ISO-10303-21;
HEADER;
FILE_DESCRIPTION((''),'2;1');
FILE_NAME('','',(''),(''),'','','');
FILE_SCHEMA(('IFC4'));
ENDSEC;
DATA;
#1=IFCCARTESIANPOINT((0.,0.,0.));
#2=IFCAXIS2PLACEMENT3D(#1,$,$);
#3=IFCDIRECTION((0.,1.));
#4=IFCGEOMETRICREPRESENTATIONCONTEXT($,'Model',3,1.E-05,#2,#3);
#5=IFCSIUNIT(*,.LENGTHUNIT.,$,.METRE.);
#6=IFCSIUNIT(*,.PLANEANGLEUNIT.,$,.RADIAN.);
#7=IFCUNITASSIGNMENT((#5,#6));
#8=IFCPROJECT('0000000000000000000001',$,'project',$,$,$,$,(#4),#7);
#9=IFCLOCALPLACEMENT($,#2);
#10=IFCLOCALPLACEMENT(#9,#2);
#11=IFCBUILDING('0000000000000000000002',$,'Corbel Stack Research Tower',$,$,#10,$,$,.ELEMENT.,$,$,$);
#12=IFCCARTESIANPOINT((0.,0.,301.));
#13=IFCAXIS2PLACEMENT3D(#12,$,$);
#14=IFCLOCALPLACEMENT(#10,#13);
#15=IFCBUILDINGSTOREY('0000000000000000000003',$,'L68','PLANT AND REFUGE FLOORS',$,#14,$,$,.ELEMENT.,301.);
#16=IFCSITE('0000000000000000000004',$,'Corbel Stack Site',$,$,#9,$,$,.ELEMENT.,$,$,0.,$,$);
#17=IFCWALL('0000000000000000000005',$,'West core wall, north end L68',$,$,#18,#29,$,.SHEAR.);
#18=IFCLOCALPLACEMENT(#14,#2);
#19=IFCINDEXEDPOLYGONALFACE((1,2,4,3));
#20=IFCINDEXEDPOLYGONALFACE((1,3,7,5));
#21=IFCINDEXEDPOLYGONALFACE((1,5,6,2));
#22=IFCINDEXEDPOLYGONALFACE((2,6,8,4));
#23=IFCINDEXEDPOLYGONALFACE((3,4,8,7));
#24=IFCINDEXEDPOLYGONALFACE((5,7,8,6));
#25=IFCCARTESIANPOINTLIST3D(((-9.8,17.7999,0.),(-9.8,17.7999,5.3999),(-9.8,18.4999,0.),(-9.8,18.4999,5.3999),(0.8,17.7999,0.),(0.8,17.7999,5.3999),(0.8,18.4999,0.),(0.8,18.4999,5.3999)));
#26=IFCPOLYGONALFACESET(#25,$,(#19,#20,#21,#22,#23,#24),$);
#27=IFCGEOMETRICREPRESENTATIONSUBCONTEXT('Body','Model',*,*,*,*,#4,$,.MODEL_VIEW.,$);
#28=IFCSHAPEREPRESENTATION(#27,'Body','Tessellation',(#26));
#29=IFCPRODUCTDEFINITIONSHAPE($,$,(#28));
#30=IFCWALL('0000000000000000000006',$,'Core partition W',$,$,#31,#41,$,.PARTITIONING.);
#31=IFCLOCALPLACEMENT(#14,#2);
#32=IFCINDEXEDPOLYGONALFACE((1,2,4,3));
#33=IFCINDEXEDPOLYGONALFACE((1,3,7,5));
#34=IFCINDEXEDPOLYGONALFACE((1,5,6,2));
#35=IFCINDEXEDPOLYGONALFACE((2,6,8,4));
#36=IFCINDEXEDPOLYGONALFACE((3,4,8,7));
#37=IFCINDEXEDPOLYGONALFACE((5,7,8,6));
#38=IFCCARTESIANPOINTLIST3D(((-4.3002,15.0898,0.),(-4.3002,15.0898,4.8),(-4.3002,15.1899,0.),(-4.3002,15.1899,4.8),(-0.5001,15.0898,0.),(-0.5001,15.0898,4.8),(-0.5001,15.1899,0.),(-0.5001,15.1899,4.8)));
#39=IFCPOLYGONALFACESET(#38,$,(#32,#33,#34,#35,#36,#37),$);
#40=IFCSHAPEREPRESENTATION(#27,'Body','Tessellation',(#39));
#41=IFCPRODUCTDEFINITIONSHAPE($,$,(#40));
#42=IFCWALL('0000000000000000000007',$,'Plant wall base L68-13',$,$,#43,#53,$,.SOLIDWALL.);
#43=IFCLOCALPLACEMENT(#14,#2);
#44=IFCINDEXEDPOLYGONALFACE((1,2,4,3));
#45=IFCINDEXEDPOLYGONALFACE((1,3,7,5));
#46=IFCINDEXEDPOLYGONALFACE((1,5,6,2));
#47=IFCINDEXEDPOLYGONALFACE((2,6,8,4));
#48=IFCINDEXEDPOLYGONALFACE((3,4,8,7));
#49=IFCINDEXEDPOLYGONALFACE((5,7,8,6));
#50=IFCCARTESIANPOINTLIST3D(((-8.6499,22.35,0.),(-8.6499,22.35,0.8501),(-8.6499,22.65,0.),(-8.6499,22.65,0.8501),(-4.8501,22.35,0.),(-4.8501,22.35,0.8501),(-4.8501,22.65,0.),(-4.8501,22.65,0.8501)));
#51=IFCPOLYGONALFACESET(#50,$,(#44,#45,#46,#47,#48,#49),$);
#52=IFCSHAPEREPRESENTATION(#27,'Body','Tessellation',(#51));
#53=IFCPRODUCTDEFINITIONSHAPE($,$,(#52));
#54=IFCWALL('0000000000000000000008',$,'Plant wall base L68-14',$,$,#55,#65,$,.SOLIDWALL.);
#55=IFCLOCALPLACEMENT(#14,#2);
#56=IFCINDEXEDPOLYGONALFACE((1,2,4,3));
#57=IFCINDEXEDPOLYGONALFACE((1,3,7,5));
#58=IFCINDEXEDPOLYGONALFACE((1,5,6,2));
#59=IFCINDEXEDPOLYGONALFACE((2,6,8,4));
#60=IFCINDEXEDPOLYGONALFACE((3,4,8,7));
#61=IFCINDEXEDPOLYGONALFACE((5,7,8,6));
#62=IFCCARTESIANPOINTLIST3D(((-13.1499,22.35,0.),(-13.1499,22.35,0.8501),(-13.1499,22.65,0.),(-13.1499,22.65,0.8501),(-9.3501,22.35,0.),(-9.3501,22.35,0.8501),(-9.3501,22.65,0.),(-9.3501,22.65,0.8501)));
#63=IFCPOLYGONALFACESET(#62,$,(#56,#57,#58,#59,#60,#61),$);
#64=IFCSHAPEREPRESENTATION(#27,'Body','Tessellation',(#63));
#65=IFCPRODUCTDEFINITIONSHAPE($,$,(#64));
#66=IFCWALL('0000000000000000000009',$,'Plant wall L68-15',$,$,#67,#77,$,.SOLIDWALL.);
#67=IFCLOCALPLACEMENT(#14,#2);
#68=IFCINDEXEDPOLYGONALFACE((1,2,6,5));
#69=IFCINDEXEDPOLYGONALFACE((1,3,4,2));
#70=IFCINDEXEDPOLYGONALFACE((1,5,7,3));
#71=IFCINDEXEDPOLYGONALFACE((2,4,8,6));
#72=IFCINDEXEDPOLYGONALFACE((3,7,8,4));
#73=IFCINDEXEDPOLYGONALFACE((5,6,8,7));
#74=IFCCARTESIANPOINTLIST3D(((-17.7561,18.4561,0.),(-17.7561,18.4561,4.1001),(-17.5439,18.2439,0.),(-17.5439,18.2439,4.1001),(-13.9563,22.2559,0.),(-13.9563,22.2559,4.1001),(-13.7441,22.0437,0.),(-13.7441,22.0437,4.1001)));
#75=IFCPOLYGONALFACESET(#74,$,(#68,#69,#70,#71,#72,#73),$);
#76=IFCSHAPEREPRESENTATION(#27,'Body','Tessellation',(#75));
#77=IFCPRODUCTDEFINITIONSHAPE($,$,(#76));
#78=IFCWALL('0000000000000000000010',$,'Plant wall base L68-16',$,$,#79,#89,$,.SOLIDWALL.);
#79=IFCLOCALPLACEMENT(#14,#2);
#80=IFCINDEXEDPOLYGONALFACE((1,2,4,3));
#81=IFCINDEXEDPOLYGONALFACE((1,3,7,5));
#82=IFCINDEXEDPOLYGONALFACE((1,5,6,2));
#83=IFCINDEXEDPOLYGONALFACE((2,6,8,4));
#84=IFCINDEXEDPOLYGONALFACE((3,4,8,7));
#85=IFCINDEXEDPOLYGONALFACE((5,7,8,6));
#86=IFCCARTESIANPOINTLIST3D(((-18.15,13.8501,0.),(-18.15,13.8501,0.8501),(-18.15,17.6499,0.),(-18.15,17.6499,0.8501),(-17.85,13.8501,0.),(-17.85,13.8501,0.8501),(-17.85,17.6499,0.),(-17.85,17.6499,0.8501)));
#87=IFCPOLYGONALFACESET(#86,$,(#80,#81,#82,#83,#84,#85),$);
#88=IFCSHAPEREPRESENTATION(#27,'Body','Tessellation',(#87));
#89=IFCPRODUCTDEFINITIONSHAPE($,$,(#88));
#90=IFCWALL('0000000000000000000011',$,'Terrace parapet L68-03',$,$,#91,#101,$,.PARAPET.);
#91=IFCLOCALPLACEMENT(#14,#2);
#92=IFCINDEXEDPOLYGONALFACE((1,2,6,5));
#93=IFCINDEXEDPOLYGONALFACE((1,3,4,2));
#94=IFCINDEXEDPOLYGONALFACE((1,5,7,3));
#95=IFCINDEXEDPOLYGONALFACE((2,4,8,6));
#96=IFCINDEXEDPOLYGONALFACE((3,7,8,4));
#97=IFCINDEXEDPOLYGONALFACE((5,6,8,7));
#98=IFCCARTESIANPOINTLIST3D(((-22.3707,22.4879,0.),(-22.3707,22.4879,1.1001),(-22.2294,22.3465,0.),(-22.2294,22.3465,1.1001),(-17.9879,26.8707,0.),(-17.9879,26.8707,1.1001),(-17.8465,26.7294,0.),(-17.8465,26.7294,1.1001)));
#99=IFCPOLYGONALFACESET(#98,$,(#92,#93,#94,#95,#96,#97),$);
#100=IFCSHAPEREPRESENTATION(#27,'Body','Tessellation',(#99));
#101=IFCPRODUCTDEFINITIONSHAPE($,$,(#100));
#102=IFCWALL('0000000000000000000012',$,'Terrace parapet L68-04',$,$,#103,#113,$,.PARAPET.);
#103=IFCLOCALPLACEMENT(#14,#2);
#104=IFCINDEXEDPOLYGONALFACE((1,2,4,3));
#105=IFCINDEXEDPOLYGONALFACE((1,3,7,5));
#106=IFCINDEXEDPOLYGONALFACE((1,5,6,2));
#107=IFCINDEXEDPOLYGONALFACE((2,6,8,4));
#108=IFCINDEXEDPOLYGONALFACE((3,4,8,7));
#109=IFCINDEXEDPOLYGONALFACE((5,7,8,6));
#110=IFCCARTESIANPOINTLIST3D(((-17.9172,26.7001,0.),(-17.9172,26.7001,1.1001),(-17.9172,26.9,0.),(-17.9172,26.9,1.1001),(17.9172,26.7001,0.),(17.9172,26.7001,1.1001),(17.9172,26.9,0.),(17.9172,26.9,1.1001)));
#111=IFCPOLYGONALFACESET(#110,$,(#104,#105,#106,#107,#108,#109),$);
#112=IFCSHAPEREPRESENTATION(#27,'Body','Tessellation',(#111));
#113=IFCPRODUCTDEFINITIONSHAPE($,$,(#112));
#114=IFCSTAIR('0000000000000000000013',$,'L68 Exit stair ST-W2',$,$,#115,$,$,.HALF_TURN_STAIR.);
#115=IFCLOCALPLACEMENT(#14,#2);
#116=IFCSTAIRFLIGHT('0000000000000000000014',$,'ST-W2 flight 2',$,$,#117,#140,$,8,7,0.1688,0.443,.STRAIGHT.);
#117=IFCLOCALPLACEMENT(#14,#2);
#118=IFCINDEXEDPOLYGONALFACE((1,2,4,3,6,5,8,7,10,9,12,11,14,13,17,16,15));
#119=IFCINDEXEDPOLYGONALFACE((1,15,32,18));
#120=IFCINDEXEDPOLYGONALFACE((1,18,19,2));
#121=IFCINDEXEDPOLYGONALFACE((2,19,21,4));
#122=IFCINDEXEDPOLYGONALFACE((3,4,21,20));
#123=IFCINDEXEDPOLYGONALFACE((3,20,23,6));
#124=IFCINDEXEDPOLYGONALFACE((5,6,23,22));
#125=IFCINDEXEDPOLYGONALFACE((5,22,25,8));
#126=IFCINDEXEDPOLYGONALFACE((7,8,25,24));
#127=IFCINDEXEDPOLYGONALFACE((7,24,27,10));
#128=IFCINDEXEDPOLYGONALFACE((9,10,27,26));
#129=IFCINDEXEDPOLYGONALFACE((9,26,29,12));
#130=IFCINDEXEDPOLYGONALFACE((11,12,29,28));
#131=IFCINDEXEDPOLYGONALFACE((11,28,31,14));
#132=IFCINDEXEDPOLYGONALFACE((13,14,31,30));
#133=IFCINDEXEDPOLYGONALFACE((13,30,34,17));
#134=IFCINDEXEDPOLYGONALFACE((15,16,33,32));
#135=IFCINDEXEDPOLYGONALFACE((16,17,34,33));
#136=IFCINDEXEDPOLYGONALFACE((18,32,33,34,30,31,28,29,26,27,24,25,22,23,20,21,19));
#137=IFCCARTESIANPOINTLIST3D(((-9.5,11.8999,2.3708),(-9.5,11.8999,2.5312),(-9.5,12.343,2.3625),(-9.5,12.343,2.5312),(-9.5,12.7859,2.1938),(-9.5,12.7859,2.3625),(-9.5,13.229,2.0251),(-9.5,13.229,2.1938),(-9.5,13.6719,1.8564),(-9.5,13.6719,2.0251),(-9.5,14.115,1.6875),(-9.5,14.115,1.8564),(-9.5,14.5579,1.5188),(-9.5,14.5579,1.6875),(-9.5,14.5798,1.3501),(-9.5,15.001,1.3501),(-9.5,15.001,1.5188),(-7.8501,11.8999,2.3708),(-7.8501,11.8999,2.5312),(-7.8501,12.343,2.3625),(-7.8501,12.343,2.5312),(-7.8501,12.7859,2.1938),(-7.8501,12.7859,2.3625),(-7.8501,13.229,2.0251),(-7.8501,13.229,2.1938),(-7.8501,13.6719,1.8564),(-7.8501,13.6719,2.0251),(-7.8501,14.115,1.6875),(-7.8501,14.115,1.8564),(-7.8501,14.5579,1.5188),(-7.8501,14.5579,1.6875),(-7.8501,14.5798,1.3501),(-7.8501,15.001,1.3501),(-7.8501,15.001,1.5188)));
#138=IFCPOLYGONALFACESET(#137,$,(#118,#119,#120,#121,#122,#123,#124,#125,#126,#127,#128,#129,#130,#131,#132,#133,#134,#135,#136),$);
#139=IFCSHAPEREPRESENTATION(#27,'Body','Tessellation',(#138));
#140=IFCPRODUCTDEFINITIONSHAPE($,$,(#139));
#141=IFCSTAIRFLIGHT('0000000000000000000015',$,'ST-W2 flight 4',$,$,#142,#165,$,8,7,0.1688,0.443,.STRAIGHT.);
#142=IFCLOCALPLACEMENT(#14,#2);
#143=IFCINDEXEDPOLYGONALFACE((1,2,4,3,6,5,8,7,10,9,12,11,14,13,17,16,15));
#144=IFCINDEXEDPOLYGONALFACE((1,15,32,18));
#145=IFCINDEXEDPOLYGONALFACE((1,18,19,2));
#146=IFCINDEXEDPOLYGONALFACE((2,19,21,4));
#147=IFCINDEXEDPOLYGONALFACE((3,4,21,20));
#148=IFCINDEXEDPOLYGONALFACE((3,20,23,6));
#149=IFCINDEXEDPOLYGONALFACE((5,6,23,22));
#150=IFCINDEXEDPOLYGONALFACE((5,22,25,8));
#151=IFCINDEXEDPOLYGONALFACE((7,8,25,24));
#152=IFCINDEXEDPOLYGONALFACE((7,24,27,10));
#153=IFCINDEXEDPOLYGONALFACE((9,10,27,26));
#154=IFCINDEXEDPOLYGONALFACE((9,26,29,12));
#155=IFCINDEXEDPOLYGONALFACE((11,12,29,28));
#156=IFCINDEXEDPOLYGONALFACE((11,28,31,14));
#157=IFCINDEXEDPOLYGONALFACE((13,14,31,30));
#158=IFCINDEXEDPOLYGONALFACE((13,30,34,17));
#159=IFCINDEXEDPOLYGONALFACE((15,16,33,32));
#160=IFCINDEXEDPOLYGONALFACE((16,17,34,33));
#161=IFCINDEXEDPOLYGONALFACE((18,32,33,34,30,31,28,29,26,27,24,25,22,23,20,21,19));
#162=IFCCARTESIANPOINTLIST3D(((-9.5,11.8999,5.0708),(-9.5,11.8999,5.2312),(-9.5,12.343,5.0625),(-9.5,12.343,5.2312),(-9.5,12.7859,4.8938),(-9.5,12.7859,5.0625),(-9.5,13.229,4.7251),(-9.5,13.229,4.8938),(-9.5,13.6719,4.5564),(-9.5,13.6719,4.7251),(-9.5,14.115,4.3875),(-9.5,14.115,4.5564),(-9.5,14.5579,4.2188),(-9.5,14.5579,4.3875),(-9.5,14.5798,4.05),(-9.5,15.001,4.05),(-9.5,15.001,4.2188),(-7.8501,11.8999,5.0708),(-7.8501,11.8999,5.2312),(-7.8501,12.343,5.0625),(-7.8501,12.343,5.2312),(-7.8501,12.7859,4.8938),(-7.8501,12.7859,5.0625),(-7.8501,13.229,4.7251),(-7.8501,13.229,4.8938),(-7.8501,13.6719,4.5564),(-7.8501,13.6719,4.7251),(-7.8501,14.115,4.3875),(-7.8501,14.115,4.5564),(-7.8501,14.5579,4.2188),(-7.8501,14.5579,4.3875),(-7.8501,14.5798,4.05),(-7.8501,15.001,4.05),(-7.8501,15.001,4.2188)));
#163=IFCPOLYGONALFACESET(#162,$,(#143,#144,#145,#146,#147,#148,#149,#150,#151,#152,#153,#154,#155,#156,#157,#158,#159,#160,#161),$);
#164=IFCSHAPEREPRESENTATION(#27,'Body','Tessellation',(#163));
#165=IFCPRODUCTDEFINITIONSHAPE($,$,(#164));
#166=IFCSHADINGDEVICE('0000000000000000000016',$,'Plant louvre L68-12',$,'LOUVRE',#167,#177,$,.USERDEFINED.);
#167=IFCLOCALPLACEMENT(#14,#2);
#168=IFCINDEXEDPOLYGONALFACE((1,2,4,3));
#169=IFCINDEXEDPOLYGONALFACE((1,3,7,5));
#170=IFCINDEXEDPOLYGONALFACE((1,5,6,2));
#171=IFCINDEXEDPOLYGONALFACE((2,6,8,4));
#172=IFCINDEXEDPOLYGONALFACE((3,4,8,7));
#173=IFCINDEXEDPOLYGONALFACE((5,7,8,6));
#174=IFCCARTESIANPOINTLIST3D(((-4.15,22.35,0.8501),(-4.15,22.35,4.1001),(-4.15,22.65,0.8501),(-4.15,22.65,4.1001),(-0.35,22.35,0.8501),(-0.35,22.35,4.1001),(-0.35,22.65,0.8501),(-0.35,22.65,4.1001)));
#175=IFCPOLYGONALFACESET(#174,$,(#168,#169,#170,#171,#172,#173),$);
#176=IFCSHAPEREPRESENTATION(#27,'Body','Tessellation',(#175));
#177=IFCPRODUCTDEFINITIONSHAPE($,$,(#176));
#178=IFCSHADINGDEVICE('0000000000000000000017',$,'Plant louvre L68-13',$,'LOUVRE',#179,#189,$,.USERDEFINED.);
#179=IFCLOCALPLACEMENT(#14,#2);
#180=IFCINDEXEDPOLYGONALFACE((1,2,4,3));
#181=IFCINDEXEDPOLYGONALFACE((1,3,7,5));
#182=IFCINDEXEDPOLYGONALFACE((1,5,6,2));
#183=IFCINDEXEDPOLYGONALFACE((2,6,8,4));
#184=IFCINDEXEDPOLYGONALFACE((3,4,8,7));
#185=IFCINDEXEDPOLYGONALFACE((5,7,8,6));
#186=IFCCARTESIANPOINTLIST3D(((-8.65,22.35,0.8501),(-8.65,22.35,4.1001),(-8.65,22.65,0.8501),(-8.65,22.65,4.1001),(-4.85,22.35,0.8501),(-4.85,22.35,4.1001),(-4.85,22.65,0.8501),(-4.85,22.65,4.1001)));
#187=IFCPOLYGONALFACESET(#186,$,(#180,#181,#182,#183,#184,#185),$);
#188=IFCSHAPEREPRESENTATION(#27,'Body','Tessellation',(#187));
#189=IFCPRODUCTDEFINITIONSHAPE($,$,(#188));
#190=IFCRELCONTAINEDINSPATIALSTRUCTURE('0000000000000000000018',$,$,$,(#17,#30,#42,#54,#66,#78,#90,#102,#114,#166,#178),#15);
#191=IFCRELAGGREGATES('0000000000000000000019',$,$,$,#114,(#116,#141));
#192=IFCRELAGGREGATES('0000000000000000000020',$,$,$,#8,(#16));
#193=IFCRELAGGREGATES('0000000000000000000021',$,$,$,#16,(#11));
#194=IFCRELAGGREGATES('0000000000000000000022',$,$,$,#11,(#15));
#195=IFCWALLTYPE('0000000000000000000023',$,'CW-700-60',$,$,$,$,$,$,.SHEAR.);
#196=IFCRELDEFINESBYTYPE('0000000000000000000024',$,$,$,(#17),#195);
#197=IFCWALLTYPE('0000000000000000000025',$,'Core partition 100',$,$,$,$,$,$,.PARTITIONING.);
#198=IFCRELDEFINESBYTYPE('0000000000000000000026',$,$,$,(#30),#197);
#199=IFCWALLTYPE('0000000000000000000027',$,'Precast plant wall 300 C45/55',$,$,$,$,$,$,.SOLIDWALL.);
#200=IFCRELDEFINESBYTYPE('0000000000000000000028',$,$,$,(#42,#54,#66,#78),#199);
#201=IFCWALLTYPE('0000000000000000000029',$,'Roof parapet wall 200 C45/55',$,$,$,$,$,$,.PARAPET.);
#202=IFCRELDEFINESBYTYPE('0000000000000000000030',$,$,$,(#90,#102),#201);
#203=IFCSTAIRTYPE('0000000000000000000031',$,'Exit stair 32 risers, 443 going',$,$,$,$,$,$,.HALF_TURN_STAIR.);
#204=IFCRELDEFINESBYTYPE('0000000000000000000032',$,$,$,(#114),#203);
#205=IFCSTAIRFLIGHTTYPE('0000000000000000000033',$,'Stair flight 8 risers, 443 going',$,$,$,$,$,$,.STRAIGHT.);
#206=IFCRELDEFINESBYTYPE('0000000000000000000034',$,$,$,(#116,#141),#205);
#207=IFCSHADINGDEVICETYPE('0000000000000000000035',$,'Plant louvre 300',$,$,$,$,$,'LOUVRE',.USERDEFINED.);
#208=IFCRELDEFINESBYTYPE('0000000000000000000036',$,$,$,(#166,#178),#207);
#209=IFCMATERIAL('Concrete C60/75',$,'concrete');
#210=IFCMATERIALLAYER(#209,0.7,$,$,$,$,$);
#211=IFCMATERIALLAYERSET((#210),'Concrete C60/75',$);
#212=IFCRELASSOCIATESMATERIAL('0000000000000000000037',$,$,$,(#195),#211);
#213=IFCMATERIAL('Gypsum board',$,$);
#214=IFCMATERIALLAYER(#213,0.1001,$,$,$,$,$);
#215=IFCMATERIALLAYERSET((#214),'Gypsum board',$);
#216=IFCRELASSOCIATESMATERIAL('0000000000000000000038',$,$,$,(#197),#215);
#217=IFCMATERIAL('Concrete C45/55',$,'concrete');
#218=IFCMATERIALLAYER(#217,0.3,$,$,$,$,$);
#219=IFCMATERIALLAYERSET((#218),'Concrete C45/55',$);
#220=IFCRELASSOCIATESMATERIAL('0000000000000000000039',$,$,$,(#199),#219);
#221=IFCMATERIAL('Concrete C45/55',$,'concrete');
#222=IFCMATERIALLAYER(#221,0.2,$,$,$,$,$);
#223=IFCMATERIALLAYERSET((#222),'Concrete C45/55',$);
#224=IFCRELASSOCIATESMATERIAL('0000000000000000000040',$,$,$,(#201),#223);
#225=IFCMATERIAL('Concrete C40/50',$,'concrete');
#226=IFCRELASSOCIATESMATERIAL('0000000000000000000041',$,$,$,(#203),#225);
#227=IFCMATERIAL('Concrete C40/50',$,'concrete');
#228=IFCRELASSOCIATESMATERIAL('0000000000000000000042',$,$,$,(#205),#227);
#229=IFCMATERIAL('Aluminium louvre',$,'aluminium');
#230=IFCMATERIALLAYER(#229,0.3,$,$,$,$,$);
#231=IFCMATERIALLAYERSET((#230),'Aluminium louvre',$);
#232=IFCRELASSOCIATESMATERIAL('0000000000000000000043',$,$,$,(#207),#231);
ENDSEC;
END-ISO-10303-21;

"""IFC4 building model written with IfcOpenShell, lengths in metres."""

from ifc_helpers import new_model, si_unit, direction, frame, frame_2d, origin, origin_2d, place, context, subcontext, project, spatial, polyline, rectangle, outline, extrude, material, layer, layer_set, type_object, element, aggregate, save


model = new_model("IFC4")

# Units and contexts
model_context = context("Model", 3, precision=1e-05, world=origin(), true_north=direction((0.0, 1.0)))
body_context = subcontext(model_context, "Body", "Model", "MODEL_VIEW")
ifc_project = project(units=[si_unit("LENGTHUNIT", "METRE"), si_unit("PLANEANGLEUNIT", "RADIAN")], contexts=[model_context])

# Site, building, storey
site_placement = place(None, origin())
site = spatial("IfcSite", under=ifc_project, at=site_placement, Name="Corbel Stack Site", CompositionType="ELEMENT", RefElevation=0.0)
building_placement = place(site_placement, origin())
building = spatial("IfcBuilding", under=site, at=building_placement, Name="Corbel Stack Research Tower", CompositionType="ELEMENT")
storey_placement = place(building_placement, frame((0.0, 0.0, 301.0)))
storey = spatial("IfcBuildingStorey", under=building, at=storey_placement, Name="L68", Description="PLANT AND REFUGE FLOORS", CompositionType="ELEMENT", Elevation=301.0)

# Walls
ifc_material_1 = material(Name="Concrete C60/75", Category="concrete")
ifc_layer_1 = layer(ifc_material_1, 0.7)
ifc_layer_set_1 = layer_set([ifc_layer_1], Name="Concrete C60/75")
wall_type_1 = type_object("IfcWallType", Name="CW-700-60", PredefinedType="SHEAR", material=ifc_layer_set_1)
wall_1_placement = place(storey_placement, frame((-9.8, 18.1499, 0.0), z_axis=(0.0, 0.0, 1.0), x_axis=(1.0, 0.0, 0.0)))
element("IfcWall", 1, at=wall_1_placement, inside=storey, type_object=wall_type_1, Name="West core wall, north end L68", PredefinedType="SHEAR", context=body_context, shape_type="SweptSolid", body=[
    extrude(rectangle(XDim=10.6001, YDim=0.7, at=frame_2d((5.3, 0.0))), origin(), (0.0, 0.0, 1.0), 5.3999),
])
ifc_material_2 = material(Name="Gypsum board")
ifc_layer_2 = layer(ifc_material_2, 0.1001)
ifc_layer_set_2 = layer_set([ifc_layer_2], Name="Gypsum board")
wall_type_2 = type_object("IfcWallType", Name="Core partition 100", PredefinedType="PARTITIONING", material=ifc_layer_set_2)
wall_2_placement = place(storey_placement, frame((-4.3, 15.1399, 0.0), z_axis=(0.0, 0.0, 1.0), x_axis=(1.0, 0.0, 0.0)))
element("IfcWall", 2, at=wall_2_placement, inside=storey, type_object=wall_type_2, Name="Core partition W", PredefinedType="PARTITIONING", context=body_context, shape_type="SweptSolid", body=[
    extrude(rectangle(XDim=3.8, YDim=0.1001, at=frame_2d((1.8999, 0.0))), origin(), (0.0, 0.0, 1.0), 4.8),
])
ifc_material_3 = material(Name="Concrete C45/55", Category="concrete")
ifc_layer_3 = layer(ifc_material_3, 0.3)
ifc_layer_set_3 = layer_set([ifc_layer_3], Name="Concrete C45/55")
wall_type_3 = type_object("IfcWallType", Name="Precast plant wall 300 C45/55", PredefinedType="SOLIDWALL", material=ifc_layer_set_3)
for number, where, z_axis, x_axis, name in (
    (3, (-4.8501, 22.5, 0.0), (0.0, 0.0, 1.0), (-1.0, 0.0, 0.0), "Plant wall base L68-13"),
    (4, (-9.3501, 22.5, 0.0), (0.0, 0.0, 1.0), (-1.0, 0.0, 0.0), "Plant wall base L68-14"),
):
    element("IfcWall", number, at=place(storey_placement, frame(where, z_axis=z_axis, x_axis=x_axis)), inside=storey, type_object=wall_type_3, Name=name, PredefinedType="SOLIDWALL", context=body_context, shape_type="SweptSolid", body=[
        extrude(rectangle(XDim=3.7998, YDim=0.3, at=frame_2d((1.8999, 0.0))), origin(), (0.0, 0.0, 1.0), 0.8501),
    ])
wall_3_placement = place(storey_placement, frame((-13.8501, 22.1499, 0.0), z_axis=(0.0, 0.0, 1.0), x_axis=(-0.707107, -0.707107, 0.0)))
element("IfcWall", 5, at=wall_3_placement, inside=storey, type_object=wall_type_3, Name="Plant wall L68-15", PredefinedType="SOLIDWALL", context=body_context, shape_type="SweptSolid", body=[
    extrude(rectangle(XDim=5.3738, YDim=0.3, at=frame_2d((2.687, 0.0))), origin(), (0.0, 0.0, 1.0), 4.1001),
])
wall_4_placement = place(storey_placement, frame((-18.0, 17.6499, 0.0), z_axis=(0.0, 0.0, 1.0), x_axis=(0.0, -1.0, 0.0)))
element("IfcWall", 6, at=wall_4_placement, inside=storey, type_object=wall_type_3, Name="Plant wall base L68-16", PredefinedType="SOLIDWALL", context=body_context, shape_type="SweptSolid", body=[
    extrude(rectangle(XDim=3.7998, YDim=0.3, at=frame_2d((1.8999, 0.0))), origin(), (0.0, 0.0, 1.0), 0.8501),
])
ifc_material_4 = material(Name="Concrete C45/55", Category="concrete")
ifc_layer_4 = layer(ifc_material_4, 0.2)
ifc_layer_set_4 = layer_set([ifc_layer_4], Name="Concrete C45/55")
wall_type_4 = type_object("IfcWallType", Name="Roof parapet wall 200 C45/55", PredefinedType="PARAPET", material=ifc_layer_set_4)
wall_5_placement = place(storey_placement, frame((-22.3, 22.4172, 0.0), z_axis=(0.0, 0.0, 1.0), x_axis=(0.707107, 0.707107, 0.0)))
element("IfcWall", 7, at=wall_5_placement, inside=storey, type_object=wall_type_4, Name="Terrace parapet L68-03", PredefinedType="PARAPET", context=body_context, shape_type="SweptSolid", body=[
    extrude(rectangle(XDim=6.1982, YDim=0.2, at=frame_2d((3.0991, 0.0))), origin(), (0.0, 0.0, 1.0), 1.1001),
])
wall_6_placement = place(storey_placement, frame((-17.9172, 26.8, 0.0), z_axis=(0.0, 0.0, 1.0), x_axis=(1.0, 0.0, 0.0)))
element("IfcWall", 8, at=wall_6_placement, inside=storey, type_object=wall_type_4, Name="Terrace parapet L68-04", PredefinedType="PARAPET", context=body_context, shape_type="SweptSolid", body=[
    extrude(rectangle(XDim=35.8345, YDim=0.2, at=frame_2d((17.9172, 0.0))), origin(), (0.0, 0.0, 1.0), 1.1001),
])

# Stair, stair flights
ifc_material_5 = material(Name="Concrete C40/50", Category="concrete")
stair_type = type_object("IfcStairType", Name="Exit stair 32 risers, 443 going", PredefinedType="HALF_TURN_STAIR", material=ifc_material_5)
stair_placement = place(storey_placement, origin())
stair = element("IfcStair", 9, at=stair_placement, inside=storey, type_object=stair_type, Name="L68 Exit stair ST-W2", PredefinedType="HALF_TURN_STAIR")
ifc_material_6 = material(Name="Concrete C40/50", Category="concrete")
stair_flight_type = type_object("IfcStairFlightType", Name="Stair flight 8 risers, 443 going", PredefinedType="STRAIGHT", material=ifc_material_6)
stair_flight_1_placement = place(storey_placement, frame((-8.675, 15.001, 1.3501), z_axis=(0.0, 0.0, 1.0), x_axis=(0.0, -1.0, 0.0)))
stair_flight_1 = element("IfcStairFlight", 10, at=stair_flight_1_placement, type_object=stair_flight_type, Name="ST-W2 flight 2", NumberOfRisers=8, NumberOfTreads=7, PredefinedType="STRAIGHT", RiserHeight=0.1688, TreadLength=0.443, context=body_context, shape_type="SweptSolid", body=[
    extrude(outline(polyline([(0.0, 0.0), (0.0, 0.1687), (0.4431, 0.1687), (0.4431, 0.3374), (0.886, 0.3374), (0.886, 0.5063), (1.3291, 0.5063), (1.3291, 0.675), (1.772, 0.675), (1.772, 0.8438), (2.2151, 0.8438), (2.2151, 1.0125), (2.658, 1.0125), (2.658, 1.1812), (3.1011, 1.1812), (3.1011, 1.3501), (3.1011, 1.0208), (0.4211, 0.0), (0.0, 0.0)])), frame((0.0, 0.825, 0.0), z_axis=(0.0, -1.0, 0.0), x_axis=(1.0, 0.0, 0.0)), (0.0, 0.0, 1.0), 1.6499),
])
stair_flight_2_placement = place(storey_placement, frame((-8.675, 15.001, 4.05), z_axis=(0.0, 0.0, 1.0), x_axis=(0.0, -1.0, 0.0)))
stair_flight_2 = element("IfcStairFlight", 11, at=stair_flight_2_placement, type_object=stair_flight_type, Name="ST-W2 flight 4", NumberOfRisers=8, NumberOfTreads=7, PredefinedType="STRAIGHT", RiserHeight=0.1688, TreadLength=0.443, context=body_context, shape_type="SweptSolid", body=[
    extrude(outline(polyline([(0.0, 0.0), (0.0, 0.1687), (0.4431, 0.1687), (0.4431, 0.3374), (0.886, 0.3374), (0.886, 0.5063), (1.3291, 0.5063), (1.3291, 0.675), (1.772, 0.675), (1.772, 0.8438), (2.2151, 0.8438), (2.2151, 1.0125), (2.658, 1.0125), (2.658, 1.1812), (3.1011, 1.1812), (3.1011, 1.3501), (3.1011, 1.0208), (0.4211, 0.0), (0.0, 0.0)])), frame((0.0, 0.825, 0.0), z_axis=(0.0, -1.0, 0.0), x_axis=(1.0, 0.0, 0.0)), (0.0, 0.0, 1.0), 1.6499),
])
aggregate(stair, [stair_flight_1, stair_flight_2])

# Shading devices
ifc_material_7 = material(Name="Aluminium louvre", Category="aluminium")
ifc_layer_5 = layer(ifc_material_7, 0.3)
ifc_layer_set_5 = layer_set([ifc_layer_5], Name="Aluminium louvre")
shading_device_type = type_object("IfcShadingDeviceType", Name="Plant louvre 300", ElementType="LOUVRE", PredefinedType="USERDEFINED", material=ifc_layer_set_5)
for number, where, z_axis, x_axis, name in (
    (12, (-2.25, 22.5, 0.8501), (0.0, 0.0, 1.0), (-1.0, 0.0, 0.0), "Plant louvre L68-12"),
    (13, (-6.75, 22.5, 0.8501), (0.0, 0.0, 1.0), (-1.0, 0.0, 0.0), "Plant louvre L68-13"),
):
    element("IfcShadingDevice", number, at=place(storey_placement, frame(where, z_axis=z_axis, x_axis=x_axis)), inside=storey, type_object=shading_device_type, Name=name, ObjectType="LOUVRE", PredefinedType="USERDEFINED", context=body_context, shape_type="SweptSolid", body=[
        extrude(rectangle(XDim=3.8, YDim=0.3, at=origin_2d()), origin(), (0.0, 0.0, 1.0), 3.25),
    ])

save(model, "model.ifc")
